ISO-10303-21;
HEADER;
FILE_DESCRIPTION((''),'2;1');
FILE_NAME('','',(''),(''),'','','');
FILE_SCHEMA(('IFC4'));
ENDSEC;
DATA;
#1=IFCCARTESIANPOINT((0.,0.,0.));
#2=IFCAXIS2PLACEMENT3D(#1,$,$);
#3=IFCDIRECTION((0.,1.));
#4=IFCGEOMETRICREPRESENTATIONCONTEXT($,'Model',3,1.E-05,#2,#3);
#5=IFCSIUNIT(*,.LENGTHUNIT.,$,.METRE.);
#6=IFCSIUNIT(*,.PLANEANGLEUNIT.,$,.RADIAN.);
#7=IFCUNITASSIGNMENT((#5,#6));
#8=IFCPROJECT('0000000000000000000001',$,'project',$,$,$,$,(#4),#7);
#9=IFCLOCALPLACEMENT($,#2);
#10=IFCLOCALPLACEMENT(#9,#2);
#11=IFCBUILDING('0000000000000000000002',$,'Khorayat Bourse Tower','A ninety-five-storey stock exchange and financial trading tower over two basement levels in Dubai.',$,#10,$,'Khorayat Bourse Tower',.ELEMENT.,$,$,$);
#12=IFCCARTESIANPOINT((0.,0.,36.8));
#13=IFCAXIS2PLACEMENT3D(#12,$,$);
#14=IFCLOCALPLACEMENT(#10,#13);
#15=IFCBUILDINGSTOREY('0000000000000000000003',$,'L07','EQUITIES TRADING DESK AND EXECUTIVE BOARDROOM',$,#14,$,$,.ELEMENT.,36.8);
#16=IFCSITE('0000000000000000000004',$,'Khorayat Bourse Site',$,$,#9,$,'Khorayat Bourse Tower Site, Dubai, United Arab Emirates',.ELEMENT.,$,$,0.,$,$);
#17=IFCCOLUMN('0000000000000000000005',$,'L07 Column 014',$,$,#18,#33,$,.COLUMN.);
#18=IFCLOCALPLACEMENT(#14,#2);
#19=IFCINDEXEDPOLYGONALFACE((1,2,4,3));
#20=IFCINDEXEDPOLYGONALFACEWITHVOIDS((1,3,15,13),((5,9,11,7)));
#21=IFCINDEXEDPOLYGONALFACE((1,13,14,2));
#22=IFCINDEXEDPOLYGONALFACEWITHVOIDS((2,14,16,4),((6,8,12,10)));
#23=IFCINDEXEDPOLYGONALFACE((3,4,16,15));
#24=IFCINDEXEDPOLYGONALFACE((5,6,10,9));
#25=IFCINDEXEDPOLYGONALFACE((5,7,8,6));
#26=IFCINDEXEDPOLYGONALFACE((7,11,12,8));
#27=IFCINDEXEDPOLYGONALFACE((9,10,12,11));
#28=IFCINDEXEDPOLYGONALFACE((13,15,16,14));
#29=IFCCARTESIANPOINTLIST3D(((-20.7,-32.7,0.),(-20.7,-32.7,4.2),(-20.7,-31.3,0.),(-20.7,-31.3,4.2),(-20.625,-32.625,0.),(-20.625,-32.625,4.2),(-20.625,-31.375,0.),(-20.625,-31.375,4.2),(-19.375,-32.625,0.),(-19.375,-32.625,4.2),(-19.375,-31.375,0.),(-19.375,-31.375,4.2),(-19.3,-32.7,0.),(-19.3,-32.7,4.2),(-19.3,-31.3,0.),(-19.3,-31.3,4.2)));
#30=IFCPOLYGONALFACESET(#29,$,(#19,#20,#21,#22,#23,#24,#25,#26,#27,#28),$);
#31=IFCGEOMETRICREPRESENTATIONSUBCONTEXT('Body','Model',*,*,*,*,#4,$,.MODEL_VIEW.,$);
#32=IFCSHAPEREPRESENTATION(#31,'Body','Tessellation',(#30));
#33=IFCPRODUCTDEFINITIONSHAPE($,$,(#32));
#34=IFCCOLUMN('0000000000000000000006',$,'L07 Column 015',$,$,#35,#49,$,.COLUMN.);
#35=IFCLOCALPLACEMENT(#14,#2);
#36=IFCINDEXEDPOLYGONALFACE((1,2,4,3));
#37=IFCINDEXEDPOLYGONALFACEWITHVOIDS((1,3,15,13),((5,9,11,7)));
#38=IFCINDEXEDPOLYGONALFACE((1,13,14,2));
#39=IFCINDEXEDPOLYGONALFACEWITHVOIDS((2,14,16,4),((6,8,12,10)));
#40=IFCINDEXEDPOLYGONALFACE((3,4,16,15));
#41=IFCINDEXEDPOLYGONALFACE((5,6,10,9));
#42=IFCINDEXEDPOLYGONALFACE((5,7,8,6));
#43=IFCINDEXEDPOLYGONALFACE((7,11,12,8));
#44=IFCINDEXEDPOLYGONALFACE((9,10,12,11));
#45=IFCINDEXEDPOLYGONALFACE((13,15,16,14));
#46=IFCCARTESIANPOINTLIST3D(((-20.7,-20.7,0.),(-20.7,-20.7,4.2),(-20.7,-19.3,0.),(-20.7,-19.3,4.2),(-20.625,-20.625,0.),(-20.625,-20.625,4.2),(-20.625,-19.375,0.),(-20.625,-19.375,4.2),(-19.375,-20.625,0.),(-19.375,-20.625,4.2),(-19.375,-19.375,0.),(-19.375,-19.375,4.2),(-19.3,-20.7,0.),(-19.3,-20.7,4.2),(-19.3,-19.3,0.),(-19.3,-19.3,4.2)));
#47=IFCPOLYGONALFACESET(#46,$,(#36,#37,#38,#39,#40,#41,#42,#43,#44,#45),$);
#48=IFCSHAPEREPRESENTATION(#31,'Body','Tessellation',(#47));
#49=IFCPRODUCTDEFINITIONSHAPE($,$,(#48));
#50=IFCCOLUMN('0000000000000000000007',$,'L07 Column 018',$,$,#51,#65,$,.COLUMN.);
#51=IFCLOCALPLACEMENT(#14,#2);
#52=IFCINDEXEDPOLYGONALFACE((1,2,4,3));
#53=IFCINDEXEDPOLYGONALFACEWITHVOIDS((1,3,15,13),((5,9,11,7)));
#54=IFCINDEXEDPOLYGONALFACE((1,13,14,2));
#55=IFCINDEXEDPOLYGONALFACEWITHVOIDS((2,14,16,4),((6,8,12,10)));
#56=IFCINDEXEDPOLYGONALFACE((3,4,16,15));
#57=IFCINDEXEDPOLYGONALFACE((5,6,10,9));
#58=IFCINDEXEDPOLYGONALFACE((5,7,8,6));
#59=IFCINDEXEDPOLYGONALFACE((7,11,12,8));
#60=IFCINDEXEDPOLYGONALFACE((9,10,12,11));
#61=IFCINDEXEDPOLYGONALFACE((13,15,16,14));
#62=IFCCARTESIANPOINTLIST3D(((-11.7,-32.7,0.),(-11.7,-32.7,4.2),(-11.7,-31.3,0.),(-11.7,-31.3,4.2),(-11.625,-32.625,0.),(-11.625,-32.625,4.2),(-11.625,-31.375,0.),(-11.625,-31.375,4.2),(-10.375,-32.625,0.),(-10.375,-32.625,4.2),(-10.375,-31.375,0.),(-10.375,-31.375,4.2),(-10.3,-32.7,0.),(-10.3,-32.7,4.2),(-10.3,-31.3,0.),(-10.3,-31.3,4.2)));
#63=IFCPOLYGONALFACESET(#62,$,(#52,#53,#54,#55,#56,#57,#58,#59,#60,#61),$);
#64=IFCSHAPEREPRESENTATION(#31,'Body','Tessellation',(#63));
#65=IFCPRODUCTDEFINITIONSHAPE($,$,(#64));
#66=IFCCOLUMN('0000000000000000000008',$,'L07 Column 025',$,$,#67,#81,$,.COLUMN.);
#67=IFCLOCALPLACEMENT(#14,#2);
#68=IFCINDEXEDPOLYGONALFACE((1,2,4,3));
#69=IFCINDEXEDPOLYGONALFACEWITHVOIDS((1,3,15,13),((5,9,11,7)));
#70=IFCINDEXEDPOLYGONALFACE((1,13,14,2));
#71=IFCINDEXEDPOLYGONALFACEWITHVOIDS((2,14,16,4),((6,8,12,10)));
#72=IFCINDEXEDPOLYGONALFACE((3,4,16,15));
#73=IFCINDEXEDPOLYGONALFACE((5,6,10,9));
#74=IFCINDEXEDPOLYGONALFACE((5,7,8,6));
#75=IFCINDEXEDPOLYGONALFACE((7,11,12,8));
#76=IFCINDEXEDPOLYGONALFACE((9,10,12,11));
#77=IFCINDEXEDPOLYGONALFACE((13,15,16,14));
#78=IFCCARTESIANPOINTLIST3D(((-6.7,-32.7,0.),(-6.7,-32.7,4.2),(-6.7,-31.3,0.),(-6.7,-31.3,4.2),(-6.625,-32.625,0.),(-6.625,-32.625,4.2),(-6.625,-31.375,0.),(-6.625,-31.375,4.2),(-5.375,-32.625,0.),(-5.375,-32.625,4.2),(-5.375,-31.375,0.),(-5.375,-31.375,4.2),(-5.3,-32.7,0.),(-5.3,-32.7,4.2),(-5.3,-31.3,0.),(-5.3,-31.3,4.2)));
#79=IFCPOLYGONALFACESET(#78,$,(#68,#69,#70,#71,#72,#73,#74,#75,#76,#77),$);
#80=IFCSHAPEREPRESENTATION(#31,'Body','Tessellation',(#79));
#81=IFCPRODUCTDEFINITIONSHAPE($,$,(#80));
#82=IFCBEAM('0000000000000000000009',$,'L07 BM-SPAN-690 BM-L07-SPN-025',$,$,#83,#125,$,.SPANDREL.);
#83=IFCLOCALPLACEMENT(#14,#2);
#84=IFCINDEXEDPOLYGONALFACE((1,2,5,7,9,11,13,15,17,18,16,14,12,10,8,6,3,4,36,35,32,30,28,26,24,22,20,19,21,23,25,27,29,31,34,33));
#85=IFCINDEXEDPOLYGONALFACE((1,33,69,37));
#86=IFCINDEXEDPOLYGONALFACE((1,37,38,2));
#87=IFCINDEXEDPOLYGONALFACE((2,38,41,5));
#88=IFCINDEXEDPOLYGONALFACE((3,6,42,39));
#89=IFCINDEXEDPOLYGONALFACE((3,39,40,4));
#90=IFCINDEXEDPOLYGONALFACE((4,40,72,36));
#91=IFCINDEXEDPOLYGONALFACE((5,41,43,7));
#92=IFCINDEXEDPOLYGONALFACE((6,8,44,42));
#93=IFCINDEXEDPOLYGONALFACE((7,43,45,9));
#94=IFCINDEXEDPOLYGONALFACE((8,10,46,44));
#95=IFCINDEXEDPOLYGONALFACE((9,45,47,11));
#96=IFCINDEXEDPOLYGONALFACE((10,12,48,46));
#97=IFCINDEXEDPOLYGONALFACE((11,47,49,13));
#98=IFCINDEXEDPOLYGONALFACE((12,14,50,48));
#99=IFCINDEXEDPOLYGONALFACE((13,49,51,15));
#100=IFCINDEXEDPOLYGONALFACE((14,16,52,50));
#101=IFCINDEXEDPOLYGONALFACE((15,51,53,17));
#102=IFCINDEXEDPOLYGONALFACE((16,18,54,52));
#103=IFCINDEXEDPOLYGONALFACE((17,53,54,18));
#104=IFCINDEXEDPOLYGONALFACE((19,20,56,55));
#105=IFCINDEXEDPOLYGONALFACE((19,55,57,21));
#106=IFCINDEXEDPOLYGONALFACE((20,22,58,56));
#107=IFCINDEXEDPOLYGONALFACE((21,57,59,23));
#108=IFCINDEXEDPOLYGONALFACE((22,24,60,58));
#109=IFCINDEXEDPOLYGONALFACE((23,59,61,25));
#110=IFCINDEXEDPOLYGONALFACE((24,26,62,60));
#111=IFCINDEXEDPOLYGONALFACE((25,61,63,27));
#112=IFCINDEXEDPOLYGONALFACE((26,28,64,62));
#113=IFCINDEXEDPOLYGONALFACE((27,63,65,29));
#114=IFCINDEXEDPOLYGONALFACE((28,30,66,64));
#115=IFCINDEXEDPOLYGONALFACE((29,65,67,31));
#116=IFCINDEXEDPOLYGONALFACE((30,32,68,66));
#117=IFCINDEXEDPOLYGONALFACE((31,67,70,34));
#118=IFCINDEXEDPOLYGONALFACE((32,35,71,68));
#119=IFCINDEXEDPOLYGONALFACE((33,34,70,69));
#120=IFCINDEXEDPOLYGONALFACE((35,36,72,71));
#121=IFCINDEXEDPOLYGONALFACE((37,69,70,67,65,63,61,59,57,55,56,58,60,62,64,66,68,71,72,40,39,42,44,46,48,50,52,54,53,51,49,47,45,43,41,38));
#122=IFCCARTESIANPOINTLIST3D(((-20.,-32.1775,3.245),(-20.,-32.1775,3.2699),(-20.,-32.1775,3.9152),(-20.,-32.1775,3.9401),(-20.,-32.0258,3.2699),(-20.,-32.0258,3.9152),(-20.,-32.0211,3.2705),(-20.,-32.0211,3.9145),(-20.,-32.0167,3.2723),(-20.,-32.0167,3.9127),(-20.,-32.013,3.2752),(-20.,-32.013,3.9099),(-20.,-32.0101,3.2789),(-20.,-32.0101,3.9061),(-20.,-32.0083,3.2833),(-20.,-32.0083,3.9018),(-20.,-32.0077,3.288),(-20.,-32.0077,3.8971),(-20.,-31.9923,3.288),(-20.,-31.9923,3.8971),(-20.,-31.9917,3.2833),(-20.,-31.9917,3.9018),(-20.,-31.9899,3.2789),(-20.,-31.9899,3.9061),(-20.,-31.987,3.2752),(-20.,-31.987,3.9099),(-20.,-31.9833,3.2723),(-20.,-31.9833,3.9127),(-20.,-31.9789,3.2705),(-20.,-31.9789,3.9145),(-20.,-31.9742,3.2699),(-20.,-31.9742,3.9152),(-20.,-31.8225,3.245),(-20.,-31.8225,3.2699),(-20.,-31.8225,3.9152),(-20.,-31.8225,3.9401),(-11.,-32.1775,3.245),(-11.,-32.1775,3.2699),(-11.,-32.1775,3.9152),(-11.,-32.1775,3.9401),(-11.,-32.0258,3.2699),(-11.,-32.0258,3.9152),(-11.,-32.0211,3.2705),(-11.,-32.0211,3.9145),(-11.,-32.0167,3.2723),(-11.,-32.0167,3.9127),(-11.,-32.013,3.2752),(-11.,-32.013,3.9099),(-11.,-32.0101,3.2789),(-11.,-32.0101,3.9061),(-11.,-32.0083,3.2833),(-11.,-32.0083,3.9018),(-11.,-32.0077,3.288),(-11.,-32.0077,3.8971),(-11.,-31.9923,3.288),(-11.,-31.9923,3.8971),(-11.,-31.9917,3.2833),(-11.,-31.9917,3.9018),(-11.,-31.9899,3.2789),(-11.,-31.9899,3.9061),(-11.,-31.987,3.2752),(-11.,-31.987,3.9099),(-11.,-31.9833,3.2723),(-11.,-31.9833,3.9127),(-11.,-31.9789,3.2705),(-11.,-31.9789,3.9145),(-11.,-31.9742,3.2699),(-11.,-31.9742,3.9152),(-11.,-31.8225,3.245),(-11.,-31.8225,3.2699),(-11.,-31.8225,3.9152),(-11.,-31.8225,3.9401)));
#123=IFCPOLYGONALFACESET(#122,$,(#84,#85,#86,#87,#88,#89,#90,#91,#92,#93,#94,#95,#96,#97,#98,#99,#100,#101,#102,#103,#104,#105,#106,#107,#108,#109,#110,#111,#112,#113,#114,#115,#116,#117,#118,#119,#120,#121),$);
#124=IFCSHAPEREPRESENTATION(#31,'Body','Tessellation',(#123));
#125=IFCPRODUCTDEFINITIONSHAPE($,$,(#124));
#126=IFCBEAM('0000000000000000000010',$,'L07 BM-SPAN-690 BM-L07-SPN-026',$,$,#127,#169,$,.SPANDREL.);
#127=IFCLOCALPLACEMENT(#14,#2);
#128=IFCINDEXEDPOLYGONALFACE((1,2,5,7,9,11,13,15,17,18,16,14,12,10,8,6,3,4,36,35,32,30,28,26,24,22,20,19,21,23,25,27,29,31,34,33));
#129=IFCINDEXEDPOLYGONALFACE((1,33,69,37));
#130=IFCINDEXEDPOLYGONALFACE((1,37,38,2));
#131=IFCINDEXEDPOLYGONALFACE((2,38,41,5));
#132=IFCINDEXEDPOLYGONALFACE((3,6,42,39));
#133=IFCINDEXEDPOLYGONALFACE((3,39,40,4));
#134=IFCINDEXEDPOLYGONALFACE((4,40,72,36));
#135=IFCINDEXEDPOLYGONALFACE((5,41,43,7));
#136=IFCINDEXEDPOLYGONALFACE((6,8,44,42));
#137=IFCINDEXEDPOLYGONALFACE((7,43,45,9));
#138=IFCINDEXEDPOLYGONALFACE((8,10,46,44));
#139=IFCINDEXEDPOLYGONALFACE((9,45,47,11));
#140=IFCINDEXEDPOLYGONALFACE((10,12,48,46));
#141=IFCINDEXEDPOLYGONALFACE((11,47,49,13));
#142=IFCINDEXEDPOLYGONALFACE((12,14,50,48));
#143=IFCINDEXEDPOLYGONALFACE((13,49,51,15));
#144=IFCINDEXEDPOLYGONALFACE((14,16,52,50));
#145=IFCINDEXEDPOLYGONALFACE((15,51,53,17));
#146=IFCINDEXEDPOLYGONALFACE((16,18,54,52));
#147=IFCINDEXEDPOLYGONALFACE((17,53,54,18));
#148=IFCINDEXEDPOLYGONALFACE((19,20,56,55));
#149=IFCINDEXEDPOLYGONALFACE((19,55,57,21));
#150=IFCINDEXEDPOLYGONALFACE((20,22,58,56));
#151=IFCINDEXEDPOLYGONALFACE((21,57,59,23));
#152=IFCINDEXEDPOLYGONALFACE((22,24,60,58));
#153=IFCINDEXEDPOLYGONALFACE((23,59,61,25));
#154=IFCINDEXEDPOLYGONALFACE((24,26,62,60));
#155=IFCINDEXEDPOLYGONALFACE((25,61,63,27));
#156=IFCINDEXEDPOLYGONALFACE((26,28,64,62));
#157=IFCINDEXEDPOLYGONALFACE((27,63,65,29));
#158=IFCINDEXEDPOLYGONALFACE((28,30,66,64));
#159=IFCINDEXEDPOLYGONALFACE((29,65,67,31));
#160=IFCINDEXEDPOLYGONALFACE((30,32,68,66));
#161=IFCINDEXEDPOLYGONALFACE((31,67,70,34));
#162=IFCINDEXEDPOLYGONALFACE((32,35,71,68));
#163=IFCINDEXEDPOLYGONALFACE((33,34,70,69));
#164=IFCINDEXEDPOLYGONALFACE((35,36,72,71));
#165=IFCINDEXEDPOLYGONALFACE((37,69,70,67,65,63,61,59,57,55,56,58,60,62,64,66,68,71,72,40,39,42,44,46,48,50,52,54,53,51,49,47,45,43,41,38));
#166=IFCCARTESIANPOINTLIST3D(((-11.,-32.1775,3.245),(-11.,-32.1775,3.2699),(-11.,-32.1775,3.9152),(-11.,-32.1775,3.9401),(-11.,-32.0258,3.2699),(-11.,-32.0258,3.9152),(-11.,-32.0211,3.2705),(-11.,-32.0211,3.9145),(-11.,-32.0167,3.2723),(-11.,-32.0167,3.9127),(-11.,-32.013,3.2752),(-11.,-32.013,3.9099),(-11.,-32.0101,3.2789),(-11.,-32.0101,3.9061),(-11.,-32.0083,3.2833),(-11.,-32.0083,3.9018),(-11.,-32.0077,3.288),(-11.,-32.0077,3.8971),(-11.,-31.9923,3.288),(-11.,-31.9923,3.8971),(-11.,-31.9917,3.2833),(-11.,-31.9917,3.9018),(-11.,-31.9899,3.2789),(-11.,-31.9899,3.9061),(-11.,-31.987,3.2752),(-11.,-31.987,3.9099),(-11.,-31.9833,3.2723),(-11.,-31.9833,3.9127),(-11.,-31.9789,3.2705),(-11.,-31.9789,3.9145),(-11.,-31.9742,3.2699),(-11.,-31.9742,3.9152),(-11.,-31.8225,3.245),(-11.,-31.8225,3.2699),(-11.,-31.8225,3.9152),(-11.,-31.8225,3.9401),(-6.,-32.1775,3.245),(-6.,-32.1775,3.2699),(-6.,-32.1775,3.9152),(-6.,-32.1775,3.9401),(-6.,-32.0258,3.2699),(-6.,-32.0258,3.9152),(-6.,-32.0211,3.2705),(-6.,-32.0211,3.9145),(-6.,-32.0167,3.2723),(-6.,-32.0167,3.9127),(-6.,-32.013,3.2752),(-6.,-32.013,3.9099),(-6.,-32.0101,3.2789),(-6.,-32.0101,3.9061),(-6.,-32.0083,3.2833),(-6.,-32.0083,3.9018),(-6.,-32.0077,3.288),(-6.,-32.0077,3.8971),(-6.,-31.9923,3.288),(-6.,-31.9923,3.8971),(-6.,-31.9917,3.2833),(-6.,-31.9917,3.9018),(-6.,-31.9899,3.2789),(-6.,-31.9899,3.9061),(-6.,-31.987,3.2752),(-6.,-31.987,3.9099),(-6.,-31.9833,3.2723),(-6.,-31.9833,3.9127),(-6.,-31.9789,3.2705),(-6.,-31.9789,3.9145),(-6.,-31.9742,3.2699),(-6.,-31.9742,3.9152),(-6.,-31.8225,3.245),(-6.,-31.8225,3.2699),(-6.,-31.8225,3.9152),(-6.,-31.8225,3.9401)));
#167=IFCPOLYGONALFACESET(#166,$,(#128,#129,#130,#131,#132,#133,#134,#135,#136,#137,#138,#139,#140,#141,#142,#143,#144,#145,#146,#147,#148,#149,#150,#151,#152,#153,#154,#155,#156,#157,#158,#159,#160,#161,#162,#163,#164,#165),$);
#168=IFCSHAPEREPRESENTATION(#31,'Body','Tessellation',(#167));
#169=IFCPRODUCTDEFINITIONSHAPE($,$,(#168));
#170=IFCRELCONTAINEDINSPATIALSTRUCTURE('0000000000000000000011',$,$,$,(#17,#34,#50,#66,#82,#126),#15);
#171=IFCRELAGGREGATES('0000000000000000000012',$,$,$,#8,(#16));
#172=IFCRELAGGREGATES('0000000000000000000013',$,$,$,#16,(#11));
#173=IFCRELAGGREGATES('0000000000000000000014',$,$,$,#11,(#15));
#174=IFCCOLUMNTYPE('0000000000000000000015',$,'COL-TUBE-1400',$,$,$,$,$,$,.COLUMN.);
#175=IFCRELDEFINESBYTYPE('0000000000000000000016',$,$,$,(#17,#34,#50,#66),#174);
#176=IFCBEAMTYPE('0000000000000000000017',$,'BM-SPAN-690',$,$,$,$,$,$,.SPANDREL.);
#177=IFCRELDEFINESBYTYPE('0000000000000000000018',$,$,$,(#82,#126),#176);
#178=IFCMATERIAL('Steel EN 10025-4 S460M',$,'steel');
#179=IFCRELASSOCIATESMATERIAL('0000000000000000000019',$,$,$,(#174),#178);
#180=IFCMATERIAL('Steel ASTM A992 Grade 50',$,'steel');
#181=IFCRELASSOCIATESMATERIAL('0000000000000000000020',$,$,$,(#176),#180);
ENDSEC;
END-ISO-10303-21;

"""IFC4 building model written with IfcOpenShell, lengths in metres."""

from ifc_helpers import new_model, si_unit, direction, frame, origin, origin_2d, place, context, subcontext, project, spatial, hollow_rectangle, i_section, extrude, source, transform, mapped, material, material_profile, profile_set, type_object, element, save


model = new_model("IFC4")

# Units and contexts
model_context = context("Model", 3, precision=1e-05, world=origin(), true_north=direction((0.0, 1.0)))
body_context = subcontext(model_context, "Body", "Model", "MODEL_VIEW")
ifc_project = project(units=[si_unit("LENGTHUNIT", "METRE"), si_unit("PLANEANGLEUNIT", "RADIAN")], contexts=[model_context])

# Site, building, storey
site_placement = place(None, origin())
site = spatial("IfcSite", under=ifc_project, at=site_placement, Name="Khorayat Bourse Site", LongName="Khorayat Bourse Tower Site, Dubai, United Arab Emirates", CompositionType="ELEMENT", RefElevation=0.0)
building_placement = place(site_placement, origin())
building = spatial("IfcBuilding", under=site, at=building_placement, Name="Khorayat Bourse Tower", Description="A ninety-five-storey stock exchange and financial trading tower over two basement levels in Dubai.", LongName="Khorayat Bourse Tower", CompositionType="ELEMENT")
storey_placement = place(building_placement, frame((0.0, 0.0, 36.8)))
storey = spatial("IfcBuildingStorey", under=building, at=storey_placement, Name="L07", Description="EQUITIES TRADING DESK AND EXECUTIVE BOARDROOM", CompositionType="ELEMENT", Elevation=36.8)

# Columns
ifc_material_1 = material(Name="Steel EN 10025-4 S460M", Category="steel")
ifc_material_profile_1 = material_profile(ifc_material_1, hollow_rectangle(XDim=1.3999, YDim=1.3999, WallThickness=0.075, at=origin_2d()), Name="BOX 1400x1400x75")
ifc_profile_set_1 = profile_set([ifc_material_profile_1], Name="Steel EN 10025-4 S460M")
column_type = type_object("IfcColumnType", Name="COL-TUBE-1400", PredefinedType="COLUMN", material=ifc_profile_set_1)
shared_shape_1 = source(origin(), body_context, "Body", "SweptSolid", [
    extrude(hollow_rectangle(XDim=1.3999, YDim=1.3999, WallThickness=0.075, at=origin_2d()), origin(), (0.0, 0.0, 1.0), 4.2),
])
for number, where, z_axis, x_axis, name in (
    (1, (-20.0, -32.0, 0.0), (0.0, 0.0, 1.0), (1.0, 0.0, 0.0), "L07 Column 014"),
    (2, (-20.0, -20.0, 0.0), (0.0, 0.0, 1.0), (1.0, 0.0, 0.0), "L07 Column 015"),
    (3, (-11.0, -32.0, 0.0), (0.0, 0.0, 1.0), (1.0, 0.0, 0.0), "L07 Column 018"),
    (4, (-6.0, -32.0, 0.0), (0.0, 0.0, 1.0), (1.0, 0.0, 0.0), "L07 Column 025"),
):
    element("IfcColumn", number, at=place(storey_placement, frame(where, z_axis=z_axis, x_axis=x_axis)), inside=storey, type_object=column_type, Name=name, PredefinedType="COLUMN", context=body_context, shape_type="MappedRepresentation", body=[
        mapped(shared_shape_1, transform((0.0, 0.0, 0.0), scale=1.0)),
    ])

# Beams
ifc_material_2 = material(Name="Steel ASTM A992 Grade 50", Category="steel")
ifc_material_profile_2 = material_profile(ifc_material_2, i_section(OverallWidth=0.355, OverallDepth=0.6951, WebThickness=0.0154, FlangeThickness=0.0249, FilletRadius=0.0181, at=origin_2d()), Name="W690X217")
ifc_profile_set_2 = profile_set([ifc_material_profile_2], Name="Steel ASTM A992 Grade 50")
beam_type_1 = type_object("IfcBeamType", Name="BM-SPAN-690", PredefinedType="SPANDREL", material=ifc_profile_set_2)
shared_shape_2 = source(origin(), body_context, "Body", "SweptSolid", [
    extrude(i_section(OverallWidth=0.355, OverallDepth=0.6951, WebThickness=0.0154, FlangeThickness=0.0249, FilletRadius=0.0181, at=origin_2d()), origin(), (0.0, 0.0, 1.0), 9.0),
])
beam_1_placement = place(storey_placement, frame((-20.0, -32.0, 3.5925), z_axis=(1.0, 0.0, 0.0), x_axis=(0.0, 1.0, 0.0)))
element("IfcBeam", 5, at=beam_1_placement, inside=storey, type_object=beam_type_1, Name="L07 BM-SPAN-690 BM-L07-SPN-025", PredefinedType="SPANDREL", context=body_context, shape_type="MappedRepresentation", body=[
    mapped(shared_shape_2, transform((0.0, 0.0, 0.0), scale=1.0)),
])
shared_shape_3 = source(origin(), body_context, "Body", "SweptSolid", [
    extrude(i_section(OverallWidth=0.355, OverallDepth=0.6951, WebThickness=0.0154, FlangeThickness=0.0249, FilletRadius=0.0181, at=origin_2d()), origin(), (0.0, 0.0, 1.0), 5.0),
])
beam_2_placement = place(storey_placement, frame((-11.0, -32.0, 3.5925), z_axis=(1.0, 0.0, 0.0), x_axis=(0.0, 1.0, 0.0)))
element("IfcBeam", 6, at=beam_2_placement, inside=storey, type_object=beam_type_1, Name="L07 BM-SPAN-690 BM-L07-SPN-026", PredefinedType="SPANDREL", context=body_context, shape_type="MappedRepresentation", body=[
    mapped(shared_shape_3, transform((0.0, 0.0, 0.0), scale=1.0)),
])

save(model, "model.ifc")
